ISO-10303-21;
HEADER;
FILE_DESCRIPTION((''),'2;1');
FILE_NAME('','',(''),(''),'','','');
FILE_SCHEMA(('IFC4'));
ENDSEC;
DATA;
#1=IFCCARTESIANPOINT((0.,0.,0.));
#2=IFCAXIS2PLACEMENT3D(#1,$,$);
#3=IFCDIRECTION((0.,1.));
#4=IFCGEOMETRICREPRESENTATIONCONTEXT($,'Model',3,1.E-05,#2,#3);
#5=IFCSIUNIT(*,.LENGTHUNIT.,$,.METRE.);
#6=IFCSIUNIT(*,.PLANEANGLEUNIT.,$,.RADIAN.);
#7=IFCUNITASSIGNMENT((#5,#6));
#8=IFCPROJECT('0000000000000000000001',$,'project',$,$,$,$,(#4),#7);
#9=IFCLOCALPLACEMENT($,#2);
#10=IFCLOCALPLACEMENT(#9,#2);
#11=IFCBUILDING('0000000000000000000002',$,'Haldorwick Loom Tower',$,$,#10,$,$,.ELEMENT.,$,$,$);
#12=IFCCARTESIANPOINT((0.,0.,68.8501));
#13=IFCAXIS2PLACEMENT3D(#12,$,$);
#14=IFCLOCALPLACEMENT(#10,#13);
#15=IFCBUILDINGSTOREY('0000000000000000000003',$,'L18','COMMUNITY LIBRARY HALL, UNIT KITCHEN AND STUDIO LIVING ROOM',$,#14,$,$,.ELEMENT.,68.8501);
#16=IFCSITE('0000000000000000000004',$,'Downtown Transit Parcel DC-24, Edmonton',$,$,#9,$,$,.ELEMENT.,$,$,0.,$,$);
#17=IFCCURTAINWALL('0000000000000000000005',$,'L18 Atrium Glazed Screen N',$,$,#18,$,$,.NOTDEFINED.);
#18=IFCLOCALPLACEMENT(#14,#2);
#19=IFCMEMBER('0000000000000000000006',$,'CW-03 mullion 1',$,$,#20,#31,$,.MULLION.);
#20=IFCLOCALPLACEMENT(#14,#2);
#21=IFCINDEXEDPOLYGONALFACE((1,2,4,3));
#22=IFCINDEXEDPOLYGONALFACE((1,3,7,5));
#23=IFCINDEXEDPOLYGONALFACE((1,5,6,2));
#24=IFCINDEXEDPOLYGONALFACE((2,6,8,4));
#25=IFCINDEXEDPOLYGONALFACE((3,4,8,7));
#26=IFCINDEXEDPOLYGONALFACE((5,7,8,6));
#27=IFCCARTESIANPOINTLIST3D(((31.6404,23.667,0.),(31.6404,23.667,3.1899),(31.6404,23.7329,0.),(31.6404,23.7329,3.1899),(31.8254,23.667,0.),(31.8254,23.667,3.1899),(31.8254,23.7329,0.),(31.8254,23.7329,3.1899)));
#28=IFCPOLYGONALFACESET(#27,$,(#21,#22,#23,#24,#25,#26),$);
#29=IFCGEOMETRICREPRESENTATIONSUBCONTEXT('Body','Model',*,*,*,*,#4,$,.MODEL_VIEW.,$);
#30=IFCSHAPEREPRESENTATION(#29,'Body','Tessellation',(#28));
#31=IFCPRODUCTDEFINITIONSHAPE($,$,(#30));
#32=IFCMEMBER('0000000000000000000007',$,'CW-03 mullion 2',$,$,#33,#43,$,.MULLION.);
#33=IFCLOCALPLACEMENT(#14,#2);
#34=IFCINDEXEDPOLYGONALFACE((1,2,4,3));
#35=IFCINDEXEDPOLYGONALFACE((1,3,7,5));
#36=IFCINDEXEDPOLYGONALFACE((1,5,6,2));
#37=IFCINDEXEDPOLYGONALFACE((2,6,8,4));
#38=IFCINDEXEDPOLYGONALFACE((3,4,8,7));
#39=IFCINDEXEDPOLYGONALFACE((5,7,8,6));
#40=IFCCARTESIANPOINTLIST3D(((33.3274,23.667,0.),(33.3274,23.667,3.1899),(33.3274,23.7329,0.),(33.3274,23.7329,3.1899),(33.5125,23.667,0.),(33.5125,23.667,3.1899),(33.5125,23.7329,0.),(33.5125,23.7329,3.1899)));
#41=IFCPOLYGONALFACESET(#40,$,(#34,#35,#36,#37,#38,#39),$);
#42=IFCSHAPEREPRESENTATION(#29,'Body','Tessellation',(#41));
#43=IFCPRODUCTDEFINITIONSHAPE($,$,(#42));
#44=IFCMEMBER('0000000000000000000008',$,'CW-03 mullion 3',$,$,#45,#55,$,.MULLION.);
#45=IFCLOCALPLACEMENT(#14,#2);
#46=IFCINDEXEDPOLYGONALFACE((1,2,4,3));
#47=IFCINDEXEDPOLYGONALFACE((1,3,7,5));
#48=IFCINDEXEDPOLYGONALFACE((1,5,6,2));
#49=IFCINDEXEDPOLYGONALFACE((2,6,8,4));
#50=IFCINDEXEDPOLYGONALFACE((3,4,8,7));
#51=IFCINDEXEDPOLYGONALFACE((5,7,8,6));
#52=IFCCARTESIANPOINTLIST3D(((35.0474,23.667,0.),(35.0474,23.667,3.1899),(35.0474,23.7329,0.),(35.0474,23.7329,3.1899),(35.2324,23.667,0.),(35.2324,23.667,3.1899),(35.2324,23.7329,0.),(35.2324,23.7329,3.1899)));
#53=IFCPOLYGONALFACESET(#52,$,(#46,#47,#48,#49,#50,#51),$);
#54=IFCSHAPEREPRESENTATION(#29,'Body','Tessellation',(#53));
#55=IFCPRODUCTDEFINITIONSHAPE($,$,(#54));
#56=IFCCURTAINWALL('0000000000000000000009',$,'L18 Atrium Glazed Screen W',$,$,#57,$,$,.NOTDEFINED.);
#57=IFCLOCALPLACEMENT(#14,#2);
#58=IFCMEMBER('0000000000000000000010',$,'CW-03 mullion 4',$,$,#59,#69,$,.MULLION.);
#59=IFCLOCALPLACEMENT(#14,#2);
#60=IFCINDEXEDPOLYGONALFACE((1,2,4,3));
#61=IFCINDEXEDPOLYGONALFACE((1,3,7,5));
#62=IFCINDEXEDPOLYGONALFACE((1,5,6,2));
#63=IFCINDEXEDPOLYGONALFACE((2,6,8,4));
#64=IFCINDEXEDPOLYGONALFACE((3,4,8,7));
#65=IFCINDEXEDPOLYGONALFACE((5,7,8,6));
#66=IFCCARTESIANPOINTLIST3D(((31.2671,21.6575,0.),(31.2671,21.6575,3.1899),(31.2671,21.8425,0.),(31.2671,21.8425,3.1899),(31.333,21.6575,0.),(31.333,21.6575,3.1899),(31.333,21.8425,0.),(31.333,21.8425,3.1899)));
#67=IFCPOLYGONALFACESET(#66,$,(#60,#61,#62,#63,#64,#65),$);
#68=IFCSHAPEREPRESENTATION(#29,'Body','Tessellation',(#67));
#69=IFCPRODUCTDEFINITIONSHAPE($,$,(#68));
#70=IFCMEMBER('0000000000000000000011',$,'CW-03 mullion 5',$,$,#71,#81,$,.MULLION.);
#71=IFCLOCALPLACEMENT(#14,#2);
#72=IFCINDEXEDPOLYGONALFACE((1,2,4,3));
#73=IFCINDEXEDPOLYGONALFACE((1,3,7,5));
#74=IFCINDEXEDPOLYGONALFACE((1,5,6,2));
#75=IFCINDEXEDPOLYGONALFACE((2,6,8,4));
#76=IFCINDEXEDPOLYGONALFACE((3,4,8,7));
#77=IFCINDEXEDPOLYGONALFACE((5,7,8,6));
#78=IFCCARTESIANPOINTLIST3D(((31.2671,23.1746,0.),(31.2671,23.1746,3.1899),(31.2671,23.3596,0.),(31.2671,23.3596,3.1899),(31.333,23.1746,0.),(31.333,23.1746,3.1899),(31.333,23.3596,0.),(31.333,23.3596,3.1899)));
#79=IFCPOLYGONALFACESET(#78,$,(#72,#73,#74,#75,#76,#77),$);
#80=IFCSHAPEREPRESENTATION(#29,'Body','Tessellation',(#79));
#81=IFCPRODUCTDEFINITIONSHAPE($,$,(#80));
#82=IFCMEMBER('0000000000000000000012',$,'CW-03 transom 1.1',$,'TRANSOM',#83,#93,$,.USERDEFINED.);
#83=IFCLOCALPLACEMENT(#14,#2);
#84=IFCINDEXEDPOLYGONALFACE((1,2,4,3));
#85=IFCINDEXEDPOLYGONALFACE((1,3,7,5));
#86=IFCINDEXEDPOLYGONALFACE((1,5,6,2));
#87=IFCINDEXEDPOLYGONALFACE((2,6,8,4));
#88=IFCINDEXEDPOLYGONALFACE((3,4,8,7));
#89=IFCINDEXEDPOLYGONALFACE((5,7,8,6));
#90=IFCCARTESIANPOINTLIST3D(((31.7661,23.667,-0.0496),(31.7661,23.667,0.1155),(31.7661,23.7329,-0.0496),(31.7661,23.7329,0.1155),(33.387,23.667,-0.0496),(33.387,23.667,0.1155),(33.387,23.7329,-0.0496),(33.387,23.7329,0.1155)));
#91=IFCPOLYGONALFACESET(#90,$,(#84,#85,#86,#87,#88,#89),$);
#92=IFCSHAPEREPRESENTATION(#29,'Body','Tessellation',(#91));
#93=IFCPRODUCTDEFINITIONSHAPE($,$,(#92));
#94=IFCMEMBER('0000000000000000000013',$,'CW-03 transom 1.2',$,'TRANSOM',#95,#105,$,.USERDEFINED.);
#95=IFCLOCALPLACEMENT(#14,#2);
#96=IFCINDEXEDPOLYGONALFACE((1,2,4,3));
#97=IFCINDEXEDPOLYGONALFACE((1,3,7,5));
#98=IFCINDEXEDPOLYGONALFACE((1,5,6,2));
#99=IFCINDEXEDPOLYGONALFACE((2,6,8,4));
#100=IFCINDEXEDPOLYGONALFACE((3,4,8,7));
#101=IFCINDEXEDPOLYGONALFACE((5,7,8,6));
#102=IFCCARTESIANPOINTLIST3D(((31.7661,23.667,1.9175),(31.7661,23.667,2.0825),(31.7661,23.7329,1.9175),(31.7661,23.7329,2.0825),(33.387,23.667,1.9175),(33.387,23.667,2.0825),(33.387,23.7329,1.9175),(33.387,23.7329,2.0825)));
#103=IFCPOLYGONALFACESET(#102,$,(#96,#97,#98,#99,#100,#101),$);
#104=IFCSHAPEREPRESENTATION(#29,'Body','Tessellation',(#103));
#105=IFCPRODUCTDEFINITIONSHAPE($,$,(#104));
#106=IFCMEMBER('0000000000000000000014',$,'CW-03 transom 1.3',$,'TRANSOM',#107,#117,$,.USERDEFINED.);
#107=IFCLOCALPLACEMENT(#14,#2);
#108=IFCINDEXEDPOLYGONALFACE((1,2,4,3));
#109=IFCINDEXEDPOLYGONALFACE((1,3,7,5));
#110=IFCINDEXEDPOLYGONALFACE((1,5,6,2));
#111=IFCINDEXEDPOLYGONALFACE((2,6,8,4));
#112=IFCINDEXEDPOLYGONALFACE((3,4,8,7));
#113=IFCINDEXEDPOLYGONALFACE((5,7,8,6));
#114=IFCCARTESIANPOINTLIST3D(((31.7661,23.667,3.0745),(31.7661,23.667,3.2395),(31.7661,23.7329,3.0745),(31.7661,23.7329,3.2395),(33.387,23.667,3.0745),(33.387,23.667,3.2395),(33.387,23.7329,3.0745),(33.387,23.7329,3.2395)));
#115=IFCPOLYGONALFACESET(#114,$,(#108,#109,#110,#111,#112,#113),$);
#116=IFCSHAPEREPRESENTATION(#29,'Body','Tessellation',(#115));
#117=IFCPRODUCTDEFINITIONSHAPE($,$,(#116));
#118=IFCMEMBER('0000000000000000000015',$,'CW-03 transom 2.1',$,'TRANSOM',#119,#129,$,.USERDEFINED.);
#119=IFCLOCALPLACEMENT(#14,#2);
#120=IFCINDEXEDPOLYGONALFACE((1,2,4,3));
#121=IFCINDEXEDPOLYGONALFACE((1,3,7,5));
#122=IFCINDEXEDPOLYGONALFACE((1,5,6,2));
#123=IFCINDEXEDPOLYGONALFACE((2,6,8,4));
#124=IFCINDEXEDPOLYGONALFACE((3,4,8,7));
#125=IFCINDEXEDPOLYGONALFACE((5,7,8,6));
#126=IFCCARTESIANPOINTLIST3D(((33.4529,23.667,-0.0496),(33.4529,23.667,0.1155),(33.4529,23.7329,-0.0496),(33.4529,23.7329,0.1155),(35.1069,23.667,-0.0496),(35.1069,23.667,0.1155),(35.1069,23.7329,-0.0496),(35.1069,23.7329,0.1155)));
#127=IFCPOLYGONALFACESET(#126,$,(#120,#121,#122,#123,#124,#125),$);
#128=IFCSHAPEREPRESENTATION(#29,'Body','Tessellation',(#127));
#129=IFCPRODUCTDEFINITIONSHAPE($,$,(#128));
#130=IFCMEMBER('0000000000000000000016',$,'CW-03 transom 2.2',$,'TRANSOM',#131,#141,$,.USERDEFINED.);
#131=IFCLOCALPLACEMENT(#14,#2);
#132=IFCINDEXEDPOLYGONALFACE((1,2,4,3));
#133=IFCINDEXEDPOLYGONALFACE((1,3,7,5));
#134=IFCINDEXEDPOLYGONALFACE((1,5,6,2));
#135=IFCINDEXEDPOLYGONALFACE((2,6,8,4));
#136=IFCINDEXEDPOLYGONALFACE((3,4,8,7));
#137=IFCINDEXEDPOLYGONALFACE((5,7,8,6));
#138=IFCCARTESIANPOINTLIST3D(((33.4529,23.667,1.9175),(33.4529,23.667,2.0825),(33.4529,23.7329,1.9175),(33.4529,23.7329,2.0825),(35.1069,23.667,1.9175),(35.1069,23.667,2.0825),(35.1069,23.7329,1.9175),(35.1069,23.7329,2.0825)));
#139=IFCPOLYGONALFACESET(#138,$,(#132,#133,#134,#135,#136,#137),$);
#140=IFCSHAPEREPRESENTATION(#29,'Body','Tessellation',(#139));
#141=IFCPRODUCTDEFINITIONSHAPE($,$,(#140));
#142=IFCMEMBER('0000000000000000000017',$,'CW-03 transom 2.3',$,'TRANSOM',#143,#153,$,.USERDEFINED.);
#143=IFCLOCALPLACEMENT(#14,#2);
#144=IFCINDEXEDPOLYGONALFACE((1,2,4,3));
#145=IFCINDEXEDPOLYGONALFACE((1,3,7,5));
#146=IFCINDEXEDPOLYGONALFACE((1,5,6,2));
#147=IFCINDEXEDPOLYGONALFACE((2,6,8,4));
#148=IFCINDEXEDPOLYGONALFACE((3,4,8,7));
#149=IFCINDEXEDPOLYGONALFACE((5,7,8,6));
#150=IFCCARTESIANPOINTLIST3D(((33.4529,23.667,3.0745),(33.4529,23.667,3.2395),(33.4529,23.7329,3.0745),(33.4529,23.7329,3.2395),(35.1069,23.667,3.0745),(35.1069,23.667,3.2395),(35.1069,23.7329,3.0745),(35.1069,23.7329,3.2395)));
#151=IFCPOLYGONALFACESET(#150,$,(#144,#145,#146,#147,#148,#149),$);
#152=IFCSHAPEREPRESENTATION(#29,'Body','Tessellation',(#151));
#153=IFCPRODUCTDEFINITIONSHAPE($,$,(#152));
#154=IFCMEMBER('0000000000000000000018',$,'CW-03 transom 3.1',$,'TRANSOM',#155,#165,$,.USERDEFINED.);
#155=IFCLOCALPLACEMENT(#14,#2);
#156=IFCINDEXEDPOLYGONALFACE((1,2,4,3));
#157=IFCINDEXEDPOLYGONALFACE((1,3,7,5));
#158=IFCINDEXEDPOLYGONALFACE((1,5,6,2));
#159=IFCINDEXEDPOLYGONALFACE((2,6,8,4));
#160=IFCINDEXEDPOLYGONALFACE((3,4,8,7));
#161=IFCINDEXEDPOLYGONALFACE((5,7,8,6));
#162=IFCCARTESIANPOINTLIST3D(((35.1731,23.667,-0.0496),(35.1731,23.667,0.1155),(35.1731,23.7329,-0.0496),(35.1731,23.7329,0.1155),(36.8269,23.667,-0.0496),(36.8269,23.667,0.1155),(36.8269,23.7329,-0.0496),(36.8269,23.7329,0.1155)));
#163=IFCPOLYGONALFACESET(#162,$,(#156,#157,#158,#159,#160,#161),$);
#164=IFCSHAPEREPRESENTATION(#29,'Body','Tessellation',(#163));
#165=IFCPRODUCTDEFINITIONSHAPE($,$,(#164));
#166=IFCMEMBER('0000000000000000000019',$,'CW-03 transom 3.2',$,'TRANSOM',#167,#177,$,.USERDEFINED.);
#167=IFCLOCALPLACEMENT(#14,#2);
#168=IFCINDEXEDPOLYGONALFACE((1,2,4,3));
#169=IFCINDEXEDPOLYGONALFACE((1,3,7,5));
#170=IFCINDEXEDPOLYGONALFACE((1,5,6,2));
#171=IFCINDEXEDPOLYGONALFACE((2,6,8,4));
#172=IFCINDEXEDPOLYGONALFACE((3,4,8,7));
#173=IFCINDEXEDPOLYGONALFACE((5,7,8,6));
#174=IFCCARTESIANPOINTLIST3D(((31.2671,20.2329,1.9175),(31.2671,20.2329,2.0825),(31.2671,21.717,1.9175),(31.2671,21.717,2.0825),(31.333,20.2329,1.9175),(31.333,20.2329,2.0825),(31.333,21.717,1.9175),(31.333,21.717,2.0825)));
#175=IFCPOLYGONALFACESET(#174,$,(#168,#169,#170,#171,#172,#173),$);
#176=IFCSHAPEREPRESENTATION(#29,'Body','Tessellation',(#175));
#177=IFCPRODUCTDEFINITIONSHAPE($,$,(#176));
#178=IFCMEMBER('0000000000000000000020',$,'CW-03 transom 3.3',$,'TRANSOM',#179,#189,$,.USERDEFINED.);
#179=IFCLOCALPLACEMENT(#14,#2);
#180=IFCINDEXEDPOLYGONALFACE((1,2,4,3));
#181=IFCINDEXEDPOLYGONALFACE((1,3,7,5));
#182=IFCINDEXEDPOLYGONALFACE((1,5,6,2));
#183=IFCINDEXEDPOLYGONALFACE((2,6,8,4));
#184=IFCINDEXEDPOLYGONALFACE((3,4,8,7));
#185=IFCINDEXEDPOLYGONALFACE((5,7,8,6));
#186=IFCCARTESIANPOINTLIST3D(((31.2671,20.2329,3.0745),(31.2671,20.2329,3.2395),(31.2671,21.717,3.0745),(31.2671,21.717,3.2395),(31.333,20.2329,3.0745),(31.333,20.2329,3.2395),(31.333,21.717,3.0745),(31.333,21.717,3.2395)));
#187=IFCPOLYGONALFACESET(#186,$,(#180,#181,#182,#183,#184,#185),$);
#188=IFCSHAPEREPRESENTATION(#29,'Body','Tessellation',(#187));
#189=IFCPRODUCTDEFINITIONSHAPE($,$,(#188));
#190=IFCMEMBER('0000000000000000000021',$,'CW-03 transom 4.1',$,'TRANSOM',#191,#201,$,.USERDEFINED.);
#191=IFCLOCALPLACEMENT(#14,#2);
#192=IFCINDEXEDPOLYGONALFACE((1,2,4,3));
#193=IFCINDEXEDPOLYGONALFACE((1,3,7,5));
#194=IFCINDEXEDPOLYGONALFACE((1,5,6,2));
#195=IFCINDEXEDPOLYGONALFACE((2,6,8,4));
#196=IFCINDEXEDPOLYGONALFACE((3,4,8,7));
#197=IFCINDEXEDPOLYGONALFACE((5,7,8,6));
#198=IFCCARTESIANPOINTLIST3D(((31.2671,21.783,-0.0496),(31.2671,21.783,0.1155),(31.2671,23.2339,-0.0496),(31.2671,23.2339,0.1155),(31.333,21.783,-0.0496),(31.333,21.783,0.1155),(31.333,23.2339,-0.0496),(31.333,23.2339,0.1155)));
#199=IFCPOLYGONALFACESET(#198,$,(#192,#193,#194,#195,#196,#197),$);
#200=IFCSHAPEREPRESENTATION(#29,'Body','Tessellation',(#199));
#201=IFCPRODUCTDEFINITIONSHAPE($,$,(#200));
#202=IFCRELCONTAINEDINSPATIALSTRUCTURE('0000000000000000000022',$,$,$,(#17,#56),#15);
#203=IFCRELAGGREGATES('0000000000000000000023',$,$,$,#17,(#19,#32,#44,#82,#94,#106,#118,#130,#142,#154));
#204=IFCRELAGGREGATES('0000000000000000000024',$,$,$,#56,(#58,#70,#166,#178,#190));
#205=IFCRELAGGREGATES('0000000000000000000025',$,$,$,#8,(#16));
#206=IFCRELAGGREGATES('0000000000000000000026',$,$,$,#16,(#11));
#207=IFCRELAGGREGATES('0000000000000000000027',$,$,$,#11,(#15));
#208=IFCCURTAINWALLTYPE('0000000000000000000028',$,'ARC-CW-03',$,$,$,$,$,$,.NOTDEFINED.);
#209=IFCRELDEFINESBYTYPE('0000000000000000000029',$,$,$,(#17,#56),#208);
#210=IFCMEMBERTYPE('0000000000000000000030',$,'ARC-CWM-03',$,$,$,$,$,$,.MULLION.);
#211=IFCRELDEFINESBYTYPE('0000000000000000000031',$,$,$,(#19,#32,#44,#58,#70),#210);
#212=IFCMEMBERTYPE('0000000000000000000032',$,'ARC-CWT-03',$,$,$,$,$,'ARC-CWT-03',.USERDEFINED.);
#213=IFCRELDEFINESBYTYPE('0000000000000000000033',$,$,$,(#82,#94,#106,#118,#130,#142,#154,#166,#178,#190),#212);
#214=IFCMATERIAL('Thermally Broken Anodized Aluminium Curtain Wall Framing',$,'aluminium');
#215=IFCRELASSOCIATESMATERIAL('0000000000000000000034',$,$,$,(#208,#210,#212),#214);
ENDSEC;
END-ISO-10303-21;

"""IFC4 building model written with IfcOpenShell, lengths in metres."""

from ifc_helpers import new_model, si_unit, direction, frame, origin, origin_2d, place, context, subcontext, project, spatial, rectangle, extrude, material, material_profile, profile_set, type_object, element, aggregate, save


model = new_model("IFC4")

# Units and contexts
model_context = context("Model", 3, precision=1e-05, world=origin(), true_north=direction((0.0, 1.0)))
body_context = subcontext(model_context, "Body", "Model", "MODEL_VIEW")
ifc_project = project(units=[si_unit("LENGTHUNIT", "METRE"), si_unit("PLANEANGLEUNIT", "RADIAN")], contexts=[model_context])

# Site, building, storey
site_placement = place(None, origin())
site = spatial("IfcSite", under=ifc_project, at=site_placement, Name="Downtown Transit Parcel DC-24, Edmonton", CompositionType="ELEMENT", RefElevation=0.0)
building_placement = place(site_placement, origin())
building = spatial("IfcBuilding", under=site, at=building_placement, Name="Haldorwick Loom Tower", CompositionType="ELEMENT")
storey_placement = place(building_placement, frame((0.0, 0.0, 68.8501)))
storey = spatial("IfcBuildingStorey", under=building, at=storey_placement, Name="L18", Description="COMMUNITY LIBRARY HALL, UNIT KITCHEN AND STUDIO LIVING ROOM", CompositionType="ELEMENT", Elevation=68.8501)

# Curtain walls, members
ifc_material_1 = material(Name="Thermally Broken Anodized Aluminium Curtain Wall Framing", Category="aluminium")
curtain_wall_type = type_object("IfcCurtainWallType", Name="ARC-CW-03", PredefinedType="NOTDEFINED", material=ifc_material_1)
curtain_wall_1_placement = place(storey_placement, origin())
curtain_wall_1 = element("IfcCurtainWall", 1, at=curtain_wall_1_placement, inside=storey, type_object=curtain_wall_type, Name="L18 Atrium Glazed Screen N", PredefinedType="NOTDEFINED")
ifc_material_profile_1 = material_profile(ifc_material_1, rectangle(XDim=0.0659, YDim=0.1851, at=origin_2d()), Name="ALU_MUL_66X185", Category="aluminium")
ifc_profile_set_1 = profile_set([ifc_material_profile_1], Name="Thermally Broken Anodized Aluminium Curtain Wall Framing")
member_type_1 = type_object("IfcMemberType", Name="ARC-CWM-03", PredefinedType="MULLION", material=ifc_profile_set_1)
member_1_placement = place(storey_placement, frame((31.7329, 23.7, 0.0), z_axis=(0.0, 0.0, 1.0), x_axis=(0.0, 1.0, 0.0)))
member_1 = element("IfcMember", 2, at=member_1_placement, type_object=member_type_1, Name="CW-03 mullion 1", PredefinedType="MULLION", context=body_context, shape_type="SweptSolid", body=[
    extrude(rectangle(XDim=0.0659, YDim=0.1851, at=origin_2d()), origin(), (0.0, 0.0, 1.0), 3.1899),
])
member_2_placement = place(storey_placement, frame((33.4199, 23.7, 0.0), z_axis=(0.0, 0.0, 1.0), x_axis=(0.0, 1.0, 0.0)))
member_2 = element("IfcMember", 3, at=member_2_placement, type_object=member_type_1, Name="CW-03 mullion 2", PredefinedType="MULLION", context=body_context, shape_type="SweptSolid", body=[
    extrude(rectangle(XDim=0.0659, YDim=0.1851, at=origin_2d()), origin(), (0.0, 0.0, 1.0), 3.1899),
])
member_3_placement = place(storey_placement, frame((35.1399, 23.7, 0.0), z_axis=(0.0, 0.0, 1.0), x_axis=(0.0, 1.0, 0.0)))
member_3 = element("IfcMember", 4, at=member_3_placement, type_object=member_type_1, Name="CW-03 mullion 3", PredefinedType="MULLION", context=body_context, shape_type="SweptSolid", body=[
    extrude(rectangle(XDim=0.0659, YDim=0.1851, at=origin_2d()), origin(), (0.0, 0.0, 1.0), 3.1899),
])
curtain_wall_2_placement = place(storey_placement, origin())
curtain_wall_2 = element("IfcCurtainWall", 5, at=curtain_wall_2_placement, inside=storey, type_object=curtain_wall_type, Name="L18 Atrium Glazed Screen W", PredefinedType="NOTDEFINED")
member_4_placement = place(storey_placement, frame((31.3, 21.75, 0.0), z_axis=(0.0, 0.0, 1.0), x_axis=(-1.0, 0.0, 0.0)))
member_4 = element("IfcMember", 6, at=member_4_placement, type_object=member_type_1, Name="CW-03 mullion 4", PredefinedType="MULLION", context=body_context, shape_type="SweptSolid", body=[
    extrude(rectangle(XDim=0.0659, YDim=0.1851, at=origin_2d()), origin(), (0.0, 0.0, 1.0), 3.1899),
])
member_5_placement = place(storey_placement, frame((31.3, 23.2671, 0.0), z_axis=(0.0, 0.0, 1.0), x_axis=(-1.0, 0.0, 0.0)))
member_5 = element("IfcMember", 7, at=member_5_placement, type_object=member_type_1, Name="CW-03 mullion 5", PredefinedType="MULLION", context=body_context, shape_type="SweptSolid", body=[
    extrude(rectangle(XDim=0.0659, YDim=0.1851, at=origin_2d()), origin(), (0.0, 0.0, 1.0), 3.1899),
])

# Members
ifc_material_profile_2 = material_profile(ifc_material_1, rectangle(XDim=0.0659, YDim=0.165, at=origin_2d()), Name="ALU_TRN_66X165", Category="aluminium")
ifc_profile_set_2 = profile_set([ifc_material_profile_2], Name="Thermally Broken Anodized Aluminium Curtain Wall Framing")
member_type_2 = type_object("IfcMemberType", Name="ARC-CWT-03", ElementType="ARC-CWT-03", PredefinedType="USERDEFINED", material=ifc_profile_set_2)
member_6_placement = place(storey_placement, frame((31.7661, 23.7, 0.033), z_axis=(1.0, 0.0, 0.0), x_axis=(0.0, 1.0, 0.0)))
member_6 = element("IfcMember", 8, at=member_6_placement, type_object=member_type_2, Name="CW-03 transom 1.1", ObjectType="TRANSOM", PredefinedType="USERDEFINED", context=body_context, shape_type="SweptSolid", body=[
    extrude(rectangle(XDim=0.0659, YDim=0.165, at=origin_2d()), origin(), (0.0, 0.0, 1.0), 1.6208),
])
member_7_placement = place(storey_placement, frame((31.7661, 23.7, 2.0), z_axis=(1.0, 0.0, 0.0), x_axis=(0.0, 1.0, 0.0)))
member_7 = element("IfcMember", 9, at=member_7_placement, type_object=member_type_2, Name="CW-03 transom 1.2", ObjectType="TRANSOM", PredefinedType="USERDEFINED", context=body_context, shape_type="SweptSolid", body=[
    extrude(rectangle(XDim=0.0659, YDim=0.165, at=origin_2d()), origin(), (0.0, 0.0, 1.0), 1.6208),
])
member_8_placement = place(storey_placement, frame((31.7661, 23.7, 3.157), z_axis=(1.0, 0.0, 0.0), x_axis=(0.0, 1.0, 0.0)))
member_8 = element("IfcMember", 10, at=member_8_placement, type_object=member_type_2, Name="CW-03 transom 1.3", ObjectType="TRANSOM", PredefinedType="USERDEFINED", context=body_context, shape_type="SweptSolid", body=[
    extrude(rectangle(XDim=0.0659, YDim=0.165, at=origin_2d()), origin(), (0.0, 0.0, 1.0), 1.6208),
])
member_9_placement = place(storey_placement, frame((33.4529, 23.7, 0.033), z_axis=(1.0, 0.0, 0.0), x_axis=(0.0, 1.0, 0.0)))
member_9 = element("IfcMember", 11, at=member_9_placement, type_object=member_type_2, Name="CW-03 transom 2.1", ObjectType="TRANSOM", PredefinedType="USERDEFINED", context=body_context, shape_type="SweptSolid", body=[
    extrude(rectangle(XDim=0.0659, YDim=0.165, at=origin_2d()), origin(), (0.0, 0.0, 1.0), 1.6541),
])
member_10_placement = place(storey_placement, frame((33.4529, 23.7, 2.0), z_axis=(1.0, 0.0, 0.0), x_axis=(0.0, 1.0, 0.0)))
member_10 = element("IfcMember", 12, at=member_10_placement, type_object=member_type_2, Name="CW-03 transom 2.2", ObjectType="TRANSOM", PredefinedType="USERDEFINED", context=body_context, shape_type="SweptSolid", body=[
    extrude(rectangle(XDim=0.0659, YDim=0.165, at=origin_2d()), origin(), (0.0, 0.0, 1.0), 1.6541),
])
member_11_placement = place(storey_placement, frame((33.4529, 23.7, 3.157), z_axis=(1.0, 0.0, 0.0), x_axis=(0.0, 1.0, 0.0)))
member_11 = element("IfcMember", 13, at=member_11_placement, type_object=member_type_2, Name="CW-03 transom 2.3", ObjectType="TRANSOM", PredefinedType="USERDEFINED", context=body_context, shape_type="SweptSolid", body=[
    extrude(rectangle(XDim=0.0659, YDim=0.165, at=origin_2d()), origin(), (0.0, 0.0, 1.0), 1.6541),
])
member_12_placement = place(storey_placement, frame((35.1731, 23.7, 0.033), z_axis=(1.0, 0.0, 0.0), x_axis=(0.0, 1.0, 0.0)))
member_12 = element("IfcMember", 14, at=member_12_placement, type_object=member_type_2, Name="CW-03 transom 3.1", ObjectType="TRANSOM", PredefinedType="USERDEFINED", context=body_context, shape_type="SweptSolid", body=[
    extrude(rectangle(XDim=0.0659, YDim=0.165, at=origin_2d()), origin(), (0.0, 0.0, 1.0), 1.6538),
])
member_13_placement = place(storey_placement, frame((31.3, 20.2329, 2.0), z_axis=(0.0, 1.0, 0.0), x_axis=(-1.0, 0.0, 0.0)))
member_13 = element("IfcMember", 15, at=member_13_placement, type_object=member_type_2, Name="CW-03 transom 3.2", ObjectType="TRANSOM", PredefinedType="USERDEFINED", context=body_context, shape_type="SweptSolid", body=[
    extrude(rectangle(XDim=0.0659, YDim=0.165, at=origin_2d()), origin(), (0.0, 0.0, 1.0), 1.4841),
])
member_14_placement = place(storey_placement, frame((31.3, 20.2329, 3.157), z_axis=(0.0, 1.0, 0.0), x_axis=(-1.0, 0.0, 0.0)))
member_14 = element("IfcMember", 16, at=member_14_placement, type_object=member_type_2, Name="CW-03 transom 3.3", ObjectType="TRANSOM", PredefinedType="USERDEFINED", context=body_context, shape_type="SweptSolid", body=[
    extrude(rectangle(XDim=0.0659, YDim=0.165, at=origin_2d()), origin(), (0.0, 0.0, 1.0), 1.4841),
])
member_15_placement = place(storey_placement, frame((31.3, 21.783, 0.033), z_axis=(0.0, 1.0, 0.0), x_axis=(-1.0, 0.0, 0.0)))
member_15 = element("IfcMember", 17, at=member_15_placement, type_object=member_type_2, Name="CW-03 transom 4.1", ObjectType="TRANSOM", PredefinedType="USERDEFINED", context=body_context, shape_type="SweptSolid", body=[
    extrude(rectangle(XDim=0.0659, YDim=0.165, at=origin_2d()), origin(), (0.0, 0.0, 1.0), 1.4509),
])

aggregate(curtain_wall_1, [member_1, member_2, member_3, member_6, member_7, member_8, member_9, member_10, member_11, member_12])
aggregate(curtain_wall_2, [member_4, member_5, member_13, member_14, member_15])

save(model, "model.ifc")
